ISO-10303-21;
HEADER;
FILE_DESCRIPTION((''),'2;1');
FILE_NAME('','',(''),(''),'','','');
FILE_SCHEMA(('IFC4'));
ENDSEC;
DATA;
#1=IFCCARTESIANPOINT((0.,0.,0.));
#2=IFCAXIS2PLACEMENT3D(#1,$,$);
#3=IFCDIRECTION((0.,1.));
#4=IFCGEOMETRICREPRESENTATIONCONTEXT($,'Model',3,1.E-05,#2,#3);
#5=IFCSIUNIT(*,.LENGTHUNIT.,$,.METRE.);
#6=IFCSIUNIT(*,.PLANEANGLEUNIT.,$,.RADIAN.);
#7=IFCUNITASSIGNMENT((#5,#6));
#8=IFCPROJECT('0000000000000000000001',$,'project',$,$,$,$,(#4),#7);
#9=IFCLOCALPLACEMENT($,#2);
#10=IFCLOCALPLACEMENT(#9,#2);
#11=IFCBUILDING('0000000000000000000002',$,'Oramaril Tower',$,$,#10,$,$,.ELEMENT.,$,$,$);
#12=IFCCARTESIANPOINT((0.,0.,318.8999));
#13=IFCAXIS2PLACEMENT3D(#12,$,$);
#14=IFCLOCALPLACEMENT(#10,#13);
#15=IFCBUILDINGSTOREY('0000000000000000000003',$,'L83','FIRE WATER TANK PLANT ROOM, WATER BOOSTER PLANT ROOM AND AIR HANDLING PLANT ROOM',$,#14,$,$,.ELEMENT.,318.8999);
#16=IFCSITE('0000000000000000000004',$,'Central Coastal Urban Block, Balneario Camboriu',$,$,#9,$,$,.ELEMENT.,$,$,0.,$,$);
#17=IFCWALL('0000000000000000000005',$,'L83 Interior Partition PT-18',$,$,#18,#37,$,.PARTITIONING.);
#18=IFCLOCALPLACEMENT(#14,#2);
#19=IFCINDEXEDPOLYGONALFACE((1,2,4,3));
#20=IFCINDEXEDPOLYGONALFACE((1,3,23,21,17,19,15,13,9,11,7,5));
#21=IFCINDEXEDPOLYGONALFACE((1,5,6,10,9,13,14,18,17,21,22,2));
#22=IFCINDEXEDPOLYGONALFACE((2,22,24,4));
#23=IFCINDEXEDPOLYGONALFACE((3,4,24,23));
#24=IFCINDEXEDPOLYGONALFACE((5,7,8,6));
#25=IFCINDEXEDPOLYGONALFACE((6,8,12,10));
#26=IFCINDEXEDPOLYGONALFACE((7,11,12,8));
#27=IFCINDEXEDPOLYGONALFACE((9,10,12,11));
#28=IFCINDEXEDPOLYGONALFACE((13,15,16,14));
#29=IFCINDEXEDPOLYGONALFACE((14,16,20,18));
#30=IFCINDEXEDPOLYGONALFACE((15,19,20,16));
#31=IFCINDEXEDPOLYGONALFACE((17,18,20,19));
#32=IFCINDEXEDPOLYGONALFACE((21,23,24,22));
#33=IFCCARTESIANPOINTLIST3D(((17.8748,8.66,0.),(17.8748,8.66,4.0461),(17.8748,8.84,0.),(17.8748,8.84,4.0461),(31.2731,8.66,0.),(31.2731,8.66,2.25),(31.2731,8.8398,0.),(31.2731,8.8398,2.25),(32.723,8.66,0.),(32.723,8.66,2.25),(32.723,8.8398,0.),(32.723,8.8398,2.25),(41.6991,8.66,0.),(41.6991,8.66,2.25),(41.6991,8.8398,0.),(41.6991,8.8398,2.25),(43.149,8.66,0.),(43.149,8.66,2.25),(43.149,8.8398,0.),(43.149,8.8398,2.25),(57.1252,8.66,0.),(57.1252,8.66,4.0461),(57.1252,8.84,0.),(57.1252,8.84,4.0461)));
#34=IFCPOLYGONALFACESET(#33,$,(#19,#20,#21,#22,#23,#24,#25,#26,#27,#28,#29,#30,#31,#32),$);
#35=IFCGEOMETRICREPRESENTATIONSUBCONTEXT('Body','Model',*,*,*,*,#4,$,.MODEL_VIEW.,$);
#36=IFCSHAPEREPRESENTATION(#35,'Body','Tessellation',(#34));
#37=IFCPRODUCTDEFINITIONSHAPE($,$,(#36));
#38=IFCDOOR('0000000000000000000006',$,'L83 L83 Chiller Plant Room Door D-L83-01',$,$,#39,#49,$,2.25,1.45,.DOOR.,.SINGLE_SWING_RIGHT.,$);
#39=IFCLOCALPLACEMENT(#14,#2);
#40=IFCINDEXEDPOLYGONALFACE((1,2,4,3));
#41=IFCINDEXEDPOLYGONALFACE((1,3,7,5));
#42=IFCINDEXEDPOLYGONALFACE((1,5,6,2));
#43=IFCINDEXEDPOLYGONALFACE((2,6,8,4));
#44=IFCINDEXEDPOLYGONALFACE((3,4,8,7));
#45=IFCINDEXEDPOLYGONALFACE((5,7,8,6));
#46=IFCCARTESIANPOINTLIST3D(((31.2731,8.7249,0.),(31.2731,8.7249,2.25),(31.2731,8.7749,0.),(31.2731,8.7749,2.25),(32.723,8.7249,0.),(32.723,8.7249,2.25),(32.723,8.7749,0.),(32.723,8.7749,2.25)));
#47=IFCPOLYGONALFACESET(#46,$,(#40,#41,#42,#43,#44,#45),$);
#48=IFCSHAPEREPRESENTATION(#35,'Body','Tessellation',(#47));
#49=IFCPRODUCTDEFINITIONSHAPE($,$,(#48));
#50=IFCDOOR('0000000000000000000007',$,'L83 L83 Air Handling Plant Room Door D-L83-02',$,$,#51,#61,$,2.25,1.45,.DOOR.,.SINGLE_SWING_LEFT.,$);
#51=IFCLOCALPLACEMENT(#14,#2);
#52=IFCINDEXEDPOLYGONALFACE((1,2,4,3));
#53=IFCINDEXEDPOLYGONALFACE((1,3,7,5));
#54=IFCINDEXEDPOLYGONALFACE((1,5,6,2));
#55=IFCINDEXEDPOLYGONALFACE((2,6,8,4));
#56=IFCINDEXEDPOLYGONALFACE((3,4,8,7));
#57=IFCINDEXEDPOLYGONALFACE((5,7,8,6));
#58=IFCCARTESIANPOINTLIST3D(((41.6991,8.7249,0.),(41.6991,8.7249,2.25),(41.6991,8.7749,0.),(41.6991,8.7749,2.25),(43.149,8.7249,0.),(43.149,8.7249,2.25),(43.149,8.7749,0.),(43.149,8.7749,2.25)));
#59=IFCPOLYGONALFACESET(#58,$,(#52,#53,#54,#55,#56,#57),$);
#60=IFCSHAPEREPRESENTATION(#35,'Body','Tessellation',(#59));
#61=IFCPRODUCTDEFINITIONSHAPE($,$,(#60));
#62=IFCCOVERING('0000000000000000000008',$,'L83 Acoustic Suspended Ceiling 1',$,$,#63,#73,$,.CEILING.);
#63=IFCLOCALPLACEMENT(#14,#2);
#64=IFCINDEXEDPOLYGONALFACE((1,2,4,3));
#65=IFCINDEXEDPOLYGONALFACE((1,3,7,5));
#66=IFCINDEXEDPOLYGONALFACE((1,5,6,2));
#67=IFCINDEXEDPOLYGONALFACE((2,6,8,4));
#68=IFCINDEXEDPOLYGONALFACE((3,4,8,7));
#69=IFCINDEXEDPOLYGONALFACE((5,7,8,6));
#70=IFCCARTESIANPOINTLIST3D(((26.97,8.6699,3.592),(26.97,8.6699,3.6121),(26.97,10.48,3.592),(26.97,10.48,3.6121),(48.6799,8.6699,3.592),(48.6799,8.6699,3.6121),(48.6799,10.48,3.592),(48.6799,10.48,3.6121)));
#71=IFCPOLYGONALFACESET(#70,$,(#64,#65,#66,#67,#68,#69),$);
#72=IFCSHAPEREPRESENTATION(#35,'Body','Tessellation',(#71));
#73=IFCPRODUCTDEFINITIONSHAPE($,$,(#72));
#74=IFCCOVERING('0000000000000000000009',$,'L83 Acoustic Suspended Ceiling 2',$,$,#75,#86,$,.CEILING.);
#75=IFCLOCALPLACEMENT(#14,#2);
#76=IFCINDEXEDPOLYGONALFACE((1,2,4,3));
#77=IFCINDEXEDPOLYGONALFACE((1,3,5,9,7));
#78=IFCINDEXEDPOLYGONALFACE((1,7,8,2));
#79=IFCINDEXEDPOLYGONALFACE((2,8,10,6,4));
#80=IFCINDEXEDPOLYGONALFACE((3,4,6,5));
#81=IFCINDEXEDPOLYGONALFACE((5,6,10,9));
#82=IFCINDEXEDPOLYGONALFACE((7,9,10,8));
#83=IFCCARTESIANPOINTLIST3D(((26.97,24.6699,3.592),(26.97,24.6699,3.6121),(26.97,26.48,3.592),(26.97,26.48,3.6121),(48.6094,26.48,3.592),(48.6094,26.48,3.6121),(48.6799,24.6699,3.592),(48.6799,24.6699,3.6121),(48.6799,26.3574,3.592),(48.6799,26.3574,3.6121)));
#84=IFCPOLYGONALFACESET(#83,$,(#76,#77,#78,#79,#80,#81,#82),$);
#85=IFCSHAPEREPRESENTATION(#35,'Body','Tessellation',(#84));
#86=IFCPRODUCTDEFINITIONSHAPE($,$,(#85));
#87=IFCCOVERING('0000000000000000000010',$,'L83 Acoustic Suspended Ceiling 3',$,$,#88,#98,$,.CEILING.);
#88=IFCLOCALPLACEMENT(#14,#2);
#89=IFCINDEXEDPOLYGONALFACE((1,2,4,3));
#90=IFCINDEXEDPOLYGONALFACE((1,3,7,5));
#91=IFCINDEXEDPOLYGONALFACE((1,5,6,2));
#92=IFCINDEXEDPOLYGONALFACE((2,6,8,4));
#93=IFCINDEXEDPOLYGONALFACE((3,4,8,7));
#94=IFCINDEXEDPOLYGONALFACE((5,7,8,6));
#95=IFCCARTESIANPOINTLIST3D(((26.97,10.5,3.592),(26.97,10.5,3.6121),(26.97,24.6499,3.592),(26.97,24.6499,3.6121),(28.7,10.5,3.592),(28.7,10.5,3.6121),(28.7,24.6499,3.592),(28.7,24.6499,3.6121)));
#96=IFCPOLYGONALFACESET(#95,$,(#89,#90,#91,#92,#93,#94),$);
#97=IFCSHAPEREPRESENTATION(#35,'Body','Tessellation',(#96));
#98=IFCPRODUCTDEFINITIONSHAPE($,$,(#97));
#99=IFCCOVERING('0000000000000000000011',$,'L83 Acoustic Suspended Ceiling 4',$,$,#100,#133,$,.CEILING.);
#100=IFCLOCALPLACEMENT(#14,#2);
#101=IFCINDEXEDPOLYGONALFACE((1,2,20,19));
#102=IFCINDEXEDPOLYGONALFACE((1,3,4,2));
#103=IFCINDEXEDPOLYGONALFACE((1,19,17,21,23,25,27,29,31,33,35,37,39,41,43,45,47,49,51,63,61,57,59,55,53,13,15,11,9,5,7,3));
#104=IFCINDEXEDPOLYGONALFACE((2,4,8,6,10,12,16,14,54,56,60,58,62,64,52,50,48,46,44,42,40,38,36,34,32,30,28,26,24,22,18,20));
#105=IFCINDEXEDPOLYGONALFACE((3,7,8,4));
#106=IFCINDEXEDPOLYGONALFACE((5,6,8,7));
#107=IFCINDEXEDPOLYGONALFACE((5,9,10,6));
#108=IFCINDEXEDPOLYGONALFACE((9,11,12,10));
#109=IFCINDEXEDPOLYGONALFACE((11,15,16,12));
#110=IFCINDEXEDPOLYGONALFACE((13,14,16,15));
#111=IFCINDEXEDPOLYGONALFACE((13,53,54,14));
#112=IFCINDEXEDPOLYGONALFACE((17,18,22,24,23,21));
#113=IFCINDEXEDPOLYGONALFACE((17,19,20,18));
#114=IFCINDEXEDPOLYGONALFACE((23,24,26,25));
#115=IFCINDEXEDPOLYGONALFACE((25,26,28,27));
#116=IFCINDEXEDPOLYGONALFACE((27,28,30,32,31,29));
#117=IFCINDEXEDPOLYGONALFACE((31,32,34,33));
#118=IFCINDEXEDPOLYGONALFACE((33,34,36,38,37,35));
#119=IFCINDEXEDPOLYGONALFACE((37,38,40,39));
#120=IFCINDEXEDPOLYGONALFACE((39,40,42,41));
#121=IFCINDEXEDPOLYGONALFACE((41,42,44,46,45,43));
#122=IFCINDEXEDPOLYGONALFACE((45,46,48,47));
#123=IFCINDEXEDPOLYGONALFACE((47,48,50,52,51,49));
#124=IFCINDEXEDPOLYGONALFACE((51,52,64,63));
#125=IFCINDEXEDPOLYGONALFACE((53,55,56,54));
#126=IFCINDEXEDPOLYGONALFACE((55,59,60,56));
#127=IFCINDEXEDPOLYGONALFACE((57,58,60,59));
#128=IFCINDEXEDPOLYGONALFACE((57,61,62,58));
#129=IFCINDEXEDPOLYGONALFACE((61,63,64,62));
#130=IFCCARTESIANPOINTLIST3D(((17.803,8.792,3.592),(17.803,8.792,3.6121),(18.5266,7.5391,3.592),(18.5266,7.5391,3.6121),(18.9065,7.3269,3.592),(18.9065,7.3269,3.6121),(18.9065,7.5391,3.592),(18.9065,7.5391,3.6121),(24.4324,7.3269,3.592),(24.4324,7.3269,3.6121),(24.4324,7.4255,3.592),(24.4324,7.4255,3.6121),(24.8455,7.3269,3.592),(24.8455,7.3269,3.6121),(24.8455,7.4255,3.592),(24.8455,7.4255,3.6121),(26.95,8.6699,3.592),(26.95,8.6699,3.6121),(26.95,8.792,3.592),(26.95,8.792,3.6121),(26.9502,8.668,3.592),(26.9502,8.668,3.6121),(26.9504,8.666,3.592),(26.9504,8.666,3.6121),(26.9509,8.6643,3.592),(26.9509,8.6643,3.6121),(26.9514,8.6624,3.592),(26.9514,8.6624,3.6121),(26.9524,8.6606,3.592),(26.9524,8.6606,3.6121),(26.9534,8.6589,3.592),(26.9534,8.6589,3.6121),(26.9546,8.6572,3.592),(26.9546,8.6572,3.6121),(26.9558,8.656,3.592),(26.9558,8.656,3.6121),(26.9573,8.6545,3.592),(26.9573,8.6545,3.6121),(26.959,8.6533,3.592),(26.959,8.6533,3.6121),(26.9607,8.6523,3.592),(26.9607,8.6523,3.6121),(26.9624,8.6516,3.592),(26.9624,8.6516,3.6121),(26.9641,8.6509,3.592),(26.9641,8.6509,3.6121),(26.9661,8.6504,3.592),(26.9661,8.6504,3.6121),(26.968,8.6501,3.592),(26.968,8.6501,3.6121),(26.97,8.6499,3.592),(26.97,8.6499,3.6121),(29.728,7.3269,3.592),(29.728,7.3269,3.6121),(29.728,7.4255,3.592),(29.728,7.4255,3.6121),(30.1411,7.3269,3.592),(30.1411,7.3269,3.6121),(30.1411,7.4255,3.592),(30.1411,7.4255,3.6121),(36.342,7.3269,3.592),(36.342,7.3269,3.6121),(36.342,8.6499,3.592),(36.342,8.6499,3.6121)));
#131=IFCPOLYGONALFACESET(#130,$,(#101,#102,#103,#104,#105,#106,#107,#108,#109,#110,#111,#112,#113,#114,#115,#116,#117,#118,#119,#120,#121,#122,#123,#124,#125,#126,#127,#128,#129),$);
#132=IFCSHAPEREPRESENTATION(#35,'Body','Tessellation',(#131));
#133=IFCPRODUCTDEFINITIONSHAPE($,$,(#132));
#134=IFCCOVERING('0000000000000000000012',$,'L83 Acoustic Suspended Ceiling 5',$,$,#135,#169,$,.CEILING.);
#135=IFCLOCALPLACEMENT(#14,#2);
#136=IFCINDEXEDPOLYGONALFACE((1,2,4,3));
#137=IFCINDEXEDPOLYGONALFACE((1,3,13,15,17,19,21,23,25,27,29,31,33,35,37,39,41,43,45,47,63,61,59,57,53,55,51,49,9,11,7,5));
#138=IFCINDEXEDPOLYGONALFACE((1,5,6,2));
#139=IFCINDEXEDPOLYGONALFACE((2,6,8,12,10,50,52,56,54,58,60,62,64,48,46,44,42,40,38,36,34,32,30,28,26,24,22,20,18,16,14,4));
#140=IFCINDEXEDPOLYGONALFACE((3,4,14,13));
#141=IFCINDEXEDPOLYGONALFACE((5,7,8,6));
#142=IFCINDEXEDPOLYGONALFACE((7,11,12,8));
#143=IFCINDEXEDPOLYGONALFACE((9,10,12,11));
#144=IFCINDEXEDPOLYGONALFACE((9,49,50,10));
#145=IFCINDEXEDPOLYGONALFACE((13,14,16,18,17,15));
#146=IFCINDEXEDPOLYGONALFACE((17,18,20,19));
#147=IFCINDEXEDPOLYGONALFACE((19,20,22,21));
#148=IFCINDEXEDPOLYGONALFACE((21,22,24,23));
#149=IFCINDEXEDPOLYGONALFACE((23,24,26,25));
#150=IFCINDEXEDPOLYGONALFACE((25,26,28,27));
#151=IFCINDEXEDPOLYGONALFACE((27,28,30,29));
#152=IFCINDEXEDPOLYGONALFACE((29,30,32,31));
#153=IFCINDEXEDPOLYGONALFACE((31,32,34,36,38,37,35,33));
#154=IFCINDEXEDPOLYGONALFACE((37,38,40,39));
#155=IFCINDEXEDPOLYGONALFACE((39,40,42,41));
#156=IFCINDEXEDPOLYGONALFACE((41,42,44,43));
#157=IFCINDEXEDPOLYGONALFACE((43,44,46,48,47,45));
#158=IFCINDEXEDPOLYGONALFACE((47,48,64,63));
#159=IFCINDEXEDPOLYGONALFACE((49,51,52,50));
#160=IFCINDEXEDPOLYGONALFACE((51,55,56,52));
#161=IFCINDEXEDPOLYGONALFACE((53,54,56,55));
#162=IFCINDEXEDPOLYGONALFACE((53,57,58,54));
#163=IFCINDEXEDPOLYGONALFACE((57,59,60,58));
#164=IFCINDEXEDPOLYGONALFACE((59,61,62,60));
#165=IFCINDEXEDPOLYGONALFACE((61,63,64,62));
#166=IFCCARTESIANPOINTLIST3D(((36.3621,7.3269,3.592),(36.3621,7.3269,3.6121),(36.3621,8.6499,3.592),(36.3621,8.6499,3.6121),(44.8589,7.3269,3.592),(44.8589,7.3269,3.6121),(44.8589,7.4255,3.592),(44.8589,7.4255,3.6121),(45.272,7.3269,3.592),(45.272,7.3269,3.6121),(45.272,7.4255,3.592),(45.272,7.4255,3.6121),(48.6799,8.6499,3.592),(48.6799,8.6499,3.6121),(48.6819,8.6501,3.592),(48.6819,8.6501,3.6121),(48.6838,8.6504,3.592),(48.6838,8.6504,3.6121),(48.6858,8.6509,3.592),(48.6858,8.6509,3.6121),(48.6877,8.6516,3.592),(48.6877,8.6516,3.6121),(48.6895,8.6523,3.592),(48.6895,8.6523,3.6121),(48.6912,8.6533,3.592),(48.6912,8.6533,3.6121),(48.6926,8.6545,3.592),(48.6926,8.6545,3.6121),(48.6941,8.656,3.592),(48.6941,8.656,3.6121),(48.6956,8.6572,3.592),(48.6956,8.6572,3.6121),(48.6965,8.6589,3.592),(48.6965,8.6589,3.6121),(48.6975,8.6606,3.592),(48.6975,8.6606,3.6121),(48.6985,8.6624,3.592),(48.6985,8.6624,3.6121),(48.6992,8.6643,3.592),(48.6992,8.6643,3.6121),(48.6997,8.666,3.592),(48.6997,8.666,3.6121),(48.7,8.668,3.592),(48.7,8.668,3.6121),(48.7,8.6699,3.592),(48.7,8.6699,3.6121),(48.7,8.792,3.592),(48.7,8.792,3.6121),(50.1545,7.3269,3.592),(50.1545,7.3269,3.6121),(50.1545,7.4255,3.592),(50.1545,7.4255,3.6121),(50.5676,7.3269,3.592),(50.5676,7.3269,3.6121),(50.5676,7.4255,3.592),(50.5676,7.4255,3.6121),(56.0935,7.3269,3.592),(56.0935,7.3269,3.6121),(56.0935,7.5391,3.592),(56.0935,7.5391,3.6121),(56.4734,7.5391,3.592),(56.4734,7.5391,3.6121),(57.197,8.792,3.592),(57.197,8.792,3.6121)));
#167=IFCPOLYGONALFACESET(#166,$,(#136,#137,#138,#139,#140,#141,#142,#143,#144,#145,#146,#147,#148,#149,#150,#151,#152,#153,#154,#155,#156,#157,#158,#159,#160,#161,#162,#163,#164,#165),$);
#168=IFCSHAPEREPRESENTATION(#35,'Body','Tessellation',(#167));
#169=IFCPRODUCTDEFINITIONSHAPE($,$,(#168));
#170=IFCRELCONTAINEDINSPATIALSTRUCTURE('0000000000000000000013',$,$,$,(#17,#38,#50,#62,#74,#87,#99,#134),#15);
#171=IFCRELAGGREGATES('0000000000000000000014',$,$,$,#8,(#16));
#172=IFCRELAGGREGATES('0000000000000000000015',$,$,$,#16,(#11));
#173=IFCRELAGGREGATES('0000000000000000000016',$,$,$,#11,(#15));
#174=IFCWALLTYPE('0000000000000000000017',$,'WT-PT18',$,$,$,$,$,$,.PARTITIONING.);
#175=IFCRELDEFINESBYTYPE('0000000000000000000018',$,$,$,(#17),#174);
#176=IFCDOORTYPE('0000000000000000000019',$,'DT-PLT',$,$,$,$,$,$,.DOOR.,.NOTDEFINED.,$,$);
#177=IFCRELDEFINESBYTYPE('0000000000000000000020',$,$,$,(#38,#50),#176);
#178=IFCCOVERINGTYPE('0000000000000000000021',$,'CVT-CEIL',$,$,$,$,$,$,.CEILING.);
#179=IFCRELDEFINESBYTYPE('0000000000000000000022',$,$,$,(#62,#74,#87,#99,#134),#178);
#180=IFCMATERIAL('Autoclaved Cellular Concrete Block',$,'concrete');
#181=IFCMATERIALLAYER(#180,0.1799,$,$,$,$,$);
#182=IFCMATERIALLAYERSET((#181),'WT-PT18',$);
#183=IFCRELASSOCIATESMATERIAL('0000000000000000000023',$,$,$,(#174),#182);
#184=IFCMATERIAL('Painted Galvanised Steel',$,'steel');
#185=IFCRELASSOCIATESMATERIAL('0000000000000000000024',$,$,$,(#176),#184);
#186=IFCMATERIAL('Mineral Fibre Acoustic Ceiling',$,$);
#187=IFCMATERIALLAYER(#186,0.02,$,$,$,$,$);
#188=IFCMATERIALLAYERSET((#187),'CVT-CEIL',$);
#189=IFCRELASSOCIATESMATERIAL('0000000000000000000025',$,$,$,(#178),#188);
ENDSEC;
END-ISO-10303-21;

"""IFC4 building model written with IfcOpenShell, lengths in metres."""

from ifc_helpers import new_model, si_unit, direction, frame, frame_2d, origin, place, context, subcontext, project, spatial, polyline, rectangle, outline, extrude, material, layer, layer_set, type_object, element, fill, save


model = new_model("IFC4")

# Units and contexts
model_context = context("Model", 3, precision=1e-05, world=origin(), true_north=direction((0.0, 1.0)))
body_context = subcontext(model_context, "Body", "Model", "MODEL_VIEW")
ifc_project = project(units=[si_unit("LENGTHUNIT", "METRE"), si_unit("PLANEANGLEUNIT", "RADIAN")], contexts=[model_context])

# Site, building, storey
site_placement = place(None, origin())
site = spatial("IfcSite", under=ifc_project, at=site_placement, Name="Central Coastal Urban Block, Balneario Camboriu", CompositionType="ELEMENT", RefElevation=0.0)
building_placement = place(site_placement, origin())
building = spatial("IfcBuilding", under=site, at=building_placement, Name="Oramaril Tower", CompositionType="ELEMENT")
storey_placement = place(building_placement, frame((0.0, 0.0, 318.8999)))
storey = spatial("IfcBuildingStorey", under=building, at=storey_placement, Name="L83", Description="FIRE WATER TANK PLANT ROOM, WATER BOOSTER PLANT ROOM AND AIR HANDLING PLANT ROOM", CompositionType="ELEMENT", Elevation=318.8999)

# Wall, openings, doors
ifc_material_1 = material(Name="Autoclaved Cellular Concrete Block", Category="concrete")
ifc_layer_1 = layer(ifc_material_1, 0.1799)
ifc_layer_set_1 = layer_set([ifc_layer_1], Name="WT-PT18")
wall_type_1 = type_object("IfcWallType", Name="WT-PT18", PredefinedType="PARTITIONING", material=ifc_layer_set_1)
wall_1_placement = place(storey_placement, frame((17.8748, 8.75, 0.0), z_axis=(0.0, 0.0, 1.0), x_axis=(1.0, 0.0, 0.0)))
wall_1 = element("IfcWall", 1, at=wall_1_placement, inside=storey, type_object=wall_type_1, Name="L83 Interior Partition PT-18", PredefinedType="PARTITIONING", context=body_context, shape_type="SweptSolid", body=[
    extrude(rectangle(XDim=39.2505, YDim=0.1799, at=frame_2d((19.6252, 0.0))), origin(), (0.0, 0.0, 1.0), 4.0461),
])
opening_1_placement = place(wall_1_placement, frame((13.3982, 0.0, 0.0)))
opening_1 = element("IfcOpeningElement", 2, at=opening_1_placement, cuts=wall_1, PredefinedType="OPENING", context=body_context, shape_type="SweptSolid", body=[
    extrude(rectangle(XDim=1.45, YDim=2.25, at=frame_2d((0.7251, 1.125))), frame((0.0, 0.0898, 0.0), z_axis=(0.0, -1.0, 0.0), x_axis=(1.0, 0.0, 0.0)), (0.0, 0.0, 1.0), 0.1799),
])
opening_2_placement = place(wall_1_placement, frame((23.8242, 0.0, 0.0)))
opening_2 = element("IfcOpeningElement", 3, at=opening_2_placement, cuts=wall_1, PredefinedType="OPENING", context=body_context, shape_type="SweptSolid", body=[
    extrude(rectangle(XDim=1.45, YDim=2.25, at=frame_2d((0.7251, 1.125))), frame((0.0, 0.0898, 0.0), z_axis=(0.0, -1.0, 0.0), x_axis=(1.0, 0.0, 0.0)), (0.0, 0.0, 1.0), 0.1799),
])
ifc_material_2 = material(Name="Painted Galvanised Steel", Category="steel")
door_type = type_object("IfcDoorType", Name="DT-PLT", OperationType="NOTDEFINED", PredefinedType="DOOR", material=ifc_material_2)
door_1_placement = place(opening_1_placement, origin())
door_1 = element("IfcDoor", 4, at=door_1_placement, inside=storey, type_object=door_type, Name="L83 L83 Chiller Plant Room Door D-L83-01", OperationType="SINGLE_SWING_RIGHT", OverallHeight=2.25, OverallWidth=1.45, PredefinedType="DOOR", context=body_context, shape_type="SweptSolid", body=[
    extrude(rectangle(XDim=1.45, YDim=2.25, at=frame_2d((0.7251, 1.125))), frame((0.0, 0.0249, 0.0), z_axis=(0.0, -1.0, 0.0), x_axis=(1.0, 0.0, 0.0)), (0.0, 0.0, 1.0), 0.05),
])
fill(opening_1, door_1)
door_2_placement = place(opening_2_placement, origin())
door_2 = element("IfcDoor", 5, at=door_2_placement, inside=storey, type_object=door_type, Name="L83 L83 Air Handling Plant Room Door D-L83-02", OperationType="SINGLE_SWING_LEFT", OverallHeight=2.25, OverallWidth=1.45, PredefinedType="DOOR", context=body_context, shape_type="SweptSolid", body=[
    extrude(rectangle(XDim=1.45, YDim=2.25, at=frame_2d((0.7251, 1.125))), frame((0.0, 0.0249, 0.0), z_axis=(0.0, -1.0, 0.0), x_axis=(1.0, 0.0, 0.0)), (0.0, 0.0, 1.0), 0.05),
])
fill(opening_2, door_2)

# Coverings
ifc_material_3 = material(Name="Mineral Fibre Acoustic Ceiling")
ifc_layer_2 = layer(ifc_material_3, 0.02)
ifc_layer_set_2 = layer_set([ifc_layer_2], Name="CVT-CEIL")
covering_type_1 = type_object("IfcCoveringType", Name="CVT-CEIL", PredefinedType="CEILING", material=ifc_layer_set_2)
covering_1_placement = place(storey_placement, frame((0.0, 0.0, 3.592)))
element("IfcCovering", 6, at=covering_1_placement, inside=storey, type_object=covering_type_1, Name="L83 Acoustic Suspended Ceiling 1", PredefinedType="CEILING", context=body_context, shape_type="SweptSolid", body=[
    extrude(outline(polyline([(48.6799, 10.48), (48.6799, 8.6699), (26.97, 8.6699), (26.97, 10.48), (48.6799, 10.48)])), origin(), (0.0, 0.0, 1.0), 0.02),
])
covering_2_placement = place(storey_placement, frame((0.0, 0.0, 3.592)))
element("IfcCovering", 7, at=covering_2_placement, inside=storey, type_object=covering_type_1, Name="L83 Acoustic Suspended Ceiling 2", PredefinedType="CEILING", context=body_context, shape_type="SweptSolid", body=[
    extrude(outline(polyline([(48.6799, 24.6699), (26.97, 24.6699), (26.97, 26.48), (48.6094, 26.48), (48.6799, 26.3574), (48.6799, 24.6699)])), origin(), (0.0, 0.0, 1.0), 0.02),
])
covering_3_placement = place(storey_placement, frame((0.0, 0.0, 3.592)))
element("IfcCovering", 8, at=covering_3_placement, inside=storey, type_object=covering_type_1, Name="L83 Acoustic Suspended Ceiling 3", PredefinedType="CEILING", context=body_context, shape_type="SweptSolid", body=[
    extrude(outline(polyline([(28.7, 10.5), (26.97, 10.5), (26.97, 24.6499), (28.7, 24.6499), (28.7, 10.5)])), origin(), (0.0, 0.0, 1.0), 0.02),
])
covering_4_placement = place(storey_placement, frame((0.0, 0.0, 3.592)))
element("IfcCovering", 9, at=covering_4_placement, inside=storey, type_object=covering_type_1, Name="L83 Acoustic Suspended Ceiling 4", PredefinedType="CEILING", context=body_context, shape_type="SweptSolid", body=[
    extrude(outline(polyline([(36.342, 7.3269), (30.1411, 7.3269), (30.1411, 7.4255), (29.728, 7.4255), (29.728, 7.3269), (24.8455, 7.3269), (24.8455, 7.4255), (24.4324, 7.4255), (24.4324, 7.3269), (18.9065, 7.3269), (18.9065, 7.5391), (18.5266, 7.5391), (17.803, 8.792), (26.95, 8.792), (26.95, 8.6699), (26.9502, 8.668), (26.9504, 8.666), (26.9509, 8.6643), (26.9514, 8.6624), (26.9524, 8.6606), (26.9534, 8.6589), (26.9546, 8.6572), (26.9558, 8.656), (26.9573, 8.6545), (26.959, 8.6533), (26.9607, 8.6523), (26.9624, 8.6516), (26.9641, 8.6509), (26.9661, 8.6504), (26.968, 8.6501), (26.97, 8.6499), (36.342, 8.6499), (36.342, 7.3269)])), origin(), (0.0, 0.0, 1.0), 0.02),
])
covering_5_placement = place(storey_placement, frame((0.0, 0.0, 3.592)))
element("IfcCovering", 10, at=covering_5_placement, inside=storey, type_object=covering_type_1, Name="L83 Acoustic Suspended Ceiling 5", PredefinedType="CEILING", context=body_context, shape_type="SweptSolid", body=[
    extrude(outline(polyline([(50.5676, 7.4255), (50.1545, 7.4255), (50.1545, 7.3269), (45.272, 7.3269), (45.272, 7.4255), (44.8589, 7.4255), (44.8589, 7.3269), (36.3621, 7.3269), (36.3621, 8.6499), (48.6799, 8.6499), (48.6819, 8.6501), (48.6838, 8.6504), (48.6858, 8.6509), (48.6877, 8.6516), (48.6895, 8.6523), (48.6912, 8.6533), (48.6926, 8.6545), (48.6941, 8.656), (48.6956, 8.6572), (48.6965, 8.6589), (48.6975, 8.6606), (48.6985, 8.6624), (48.6992, 8.6643), (48.6997, 8.666), (48.7, 8.668), (48.7, 8.6699), (48.7, 8.792), (57.197, 8.792), (56.4734, 7.5391), (56.0935, 7.5391), (56.0935, 7.3269), (50.5676, 7.3269), (50.5676, 7.4255)])), origin(), (0.0, 0.0, 1.0), 0.02),
])

save(model, "model.ifc")
